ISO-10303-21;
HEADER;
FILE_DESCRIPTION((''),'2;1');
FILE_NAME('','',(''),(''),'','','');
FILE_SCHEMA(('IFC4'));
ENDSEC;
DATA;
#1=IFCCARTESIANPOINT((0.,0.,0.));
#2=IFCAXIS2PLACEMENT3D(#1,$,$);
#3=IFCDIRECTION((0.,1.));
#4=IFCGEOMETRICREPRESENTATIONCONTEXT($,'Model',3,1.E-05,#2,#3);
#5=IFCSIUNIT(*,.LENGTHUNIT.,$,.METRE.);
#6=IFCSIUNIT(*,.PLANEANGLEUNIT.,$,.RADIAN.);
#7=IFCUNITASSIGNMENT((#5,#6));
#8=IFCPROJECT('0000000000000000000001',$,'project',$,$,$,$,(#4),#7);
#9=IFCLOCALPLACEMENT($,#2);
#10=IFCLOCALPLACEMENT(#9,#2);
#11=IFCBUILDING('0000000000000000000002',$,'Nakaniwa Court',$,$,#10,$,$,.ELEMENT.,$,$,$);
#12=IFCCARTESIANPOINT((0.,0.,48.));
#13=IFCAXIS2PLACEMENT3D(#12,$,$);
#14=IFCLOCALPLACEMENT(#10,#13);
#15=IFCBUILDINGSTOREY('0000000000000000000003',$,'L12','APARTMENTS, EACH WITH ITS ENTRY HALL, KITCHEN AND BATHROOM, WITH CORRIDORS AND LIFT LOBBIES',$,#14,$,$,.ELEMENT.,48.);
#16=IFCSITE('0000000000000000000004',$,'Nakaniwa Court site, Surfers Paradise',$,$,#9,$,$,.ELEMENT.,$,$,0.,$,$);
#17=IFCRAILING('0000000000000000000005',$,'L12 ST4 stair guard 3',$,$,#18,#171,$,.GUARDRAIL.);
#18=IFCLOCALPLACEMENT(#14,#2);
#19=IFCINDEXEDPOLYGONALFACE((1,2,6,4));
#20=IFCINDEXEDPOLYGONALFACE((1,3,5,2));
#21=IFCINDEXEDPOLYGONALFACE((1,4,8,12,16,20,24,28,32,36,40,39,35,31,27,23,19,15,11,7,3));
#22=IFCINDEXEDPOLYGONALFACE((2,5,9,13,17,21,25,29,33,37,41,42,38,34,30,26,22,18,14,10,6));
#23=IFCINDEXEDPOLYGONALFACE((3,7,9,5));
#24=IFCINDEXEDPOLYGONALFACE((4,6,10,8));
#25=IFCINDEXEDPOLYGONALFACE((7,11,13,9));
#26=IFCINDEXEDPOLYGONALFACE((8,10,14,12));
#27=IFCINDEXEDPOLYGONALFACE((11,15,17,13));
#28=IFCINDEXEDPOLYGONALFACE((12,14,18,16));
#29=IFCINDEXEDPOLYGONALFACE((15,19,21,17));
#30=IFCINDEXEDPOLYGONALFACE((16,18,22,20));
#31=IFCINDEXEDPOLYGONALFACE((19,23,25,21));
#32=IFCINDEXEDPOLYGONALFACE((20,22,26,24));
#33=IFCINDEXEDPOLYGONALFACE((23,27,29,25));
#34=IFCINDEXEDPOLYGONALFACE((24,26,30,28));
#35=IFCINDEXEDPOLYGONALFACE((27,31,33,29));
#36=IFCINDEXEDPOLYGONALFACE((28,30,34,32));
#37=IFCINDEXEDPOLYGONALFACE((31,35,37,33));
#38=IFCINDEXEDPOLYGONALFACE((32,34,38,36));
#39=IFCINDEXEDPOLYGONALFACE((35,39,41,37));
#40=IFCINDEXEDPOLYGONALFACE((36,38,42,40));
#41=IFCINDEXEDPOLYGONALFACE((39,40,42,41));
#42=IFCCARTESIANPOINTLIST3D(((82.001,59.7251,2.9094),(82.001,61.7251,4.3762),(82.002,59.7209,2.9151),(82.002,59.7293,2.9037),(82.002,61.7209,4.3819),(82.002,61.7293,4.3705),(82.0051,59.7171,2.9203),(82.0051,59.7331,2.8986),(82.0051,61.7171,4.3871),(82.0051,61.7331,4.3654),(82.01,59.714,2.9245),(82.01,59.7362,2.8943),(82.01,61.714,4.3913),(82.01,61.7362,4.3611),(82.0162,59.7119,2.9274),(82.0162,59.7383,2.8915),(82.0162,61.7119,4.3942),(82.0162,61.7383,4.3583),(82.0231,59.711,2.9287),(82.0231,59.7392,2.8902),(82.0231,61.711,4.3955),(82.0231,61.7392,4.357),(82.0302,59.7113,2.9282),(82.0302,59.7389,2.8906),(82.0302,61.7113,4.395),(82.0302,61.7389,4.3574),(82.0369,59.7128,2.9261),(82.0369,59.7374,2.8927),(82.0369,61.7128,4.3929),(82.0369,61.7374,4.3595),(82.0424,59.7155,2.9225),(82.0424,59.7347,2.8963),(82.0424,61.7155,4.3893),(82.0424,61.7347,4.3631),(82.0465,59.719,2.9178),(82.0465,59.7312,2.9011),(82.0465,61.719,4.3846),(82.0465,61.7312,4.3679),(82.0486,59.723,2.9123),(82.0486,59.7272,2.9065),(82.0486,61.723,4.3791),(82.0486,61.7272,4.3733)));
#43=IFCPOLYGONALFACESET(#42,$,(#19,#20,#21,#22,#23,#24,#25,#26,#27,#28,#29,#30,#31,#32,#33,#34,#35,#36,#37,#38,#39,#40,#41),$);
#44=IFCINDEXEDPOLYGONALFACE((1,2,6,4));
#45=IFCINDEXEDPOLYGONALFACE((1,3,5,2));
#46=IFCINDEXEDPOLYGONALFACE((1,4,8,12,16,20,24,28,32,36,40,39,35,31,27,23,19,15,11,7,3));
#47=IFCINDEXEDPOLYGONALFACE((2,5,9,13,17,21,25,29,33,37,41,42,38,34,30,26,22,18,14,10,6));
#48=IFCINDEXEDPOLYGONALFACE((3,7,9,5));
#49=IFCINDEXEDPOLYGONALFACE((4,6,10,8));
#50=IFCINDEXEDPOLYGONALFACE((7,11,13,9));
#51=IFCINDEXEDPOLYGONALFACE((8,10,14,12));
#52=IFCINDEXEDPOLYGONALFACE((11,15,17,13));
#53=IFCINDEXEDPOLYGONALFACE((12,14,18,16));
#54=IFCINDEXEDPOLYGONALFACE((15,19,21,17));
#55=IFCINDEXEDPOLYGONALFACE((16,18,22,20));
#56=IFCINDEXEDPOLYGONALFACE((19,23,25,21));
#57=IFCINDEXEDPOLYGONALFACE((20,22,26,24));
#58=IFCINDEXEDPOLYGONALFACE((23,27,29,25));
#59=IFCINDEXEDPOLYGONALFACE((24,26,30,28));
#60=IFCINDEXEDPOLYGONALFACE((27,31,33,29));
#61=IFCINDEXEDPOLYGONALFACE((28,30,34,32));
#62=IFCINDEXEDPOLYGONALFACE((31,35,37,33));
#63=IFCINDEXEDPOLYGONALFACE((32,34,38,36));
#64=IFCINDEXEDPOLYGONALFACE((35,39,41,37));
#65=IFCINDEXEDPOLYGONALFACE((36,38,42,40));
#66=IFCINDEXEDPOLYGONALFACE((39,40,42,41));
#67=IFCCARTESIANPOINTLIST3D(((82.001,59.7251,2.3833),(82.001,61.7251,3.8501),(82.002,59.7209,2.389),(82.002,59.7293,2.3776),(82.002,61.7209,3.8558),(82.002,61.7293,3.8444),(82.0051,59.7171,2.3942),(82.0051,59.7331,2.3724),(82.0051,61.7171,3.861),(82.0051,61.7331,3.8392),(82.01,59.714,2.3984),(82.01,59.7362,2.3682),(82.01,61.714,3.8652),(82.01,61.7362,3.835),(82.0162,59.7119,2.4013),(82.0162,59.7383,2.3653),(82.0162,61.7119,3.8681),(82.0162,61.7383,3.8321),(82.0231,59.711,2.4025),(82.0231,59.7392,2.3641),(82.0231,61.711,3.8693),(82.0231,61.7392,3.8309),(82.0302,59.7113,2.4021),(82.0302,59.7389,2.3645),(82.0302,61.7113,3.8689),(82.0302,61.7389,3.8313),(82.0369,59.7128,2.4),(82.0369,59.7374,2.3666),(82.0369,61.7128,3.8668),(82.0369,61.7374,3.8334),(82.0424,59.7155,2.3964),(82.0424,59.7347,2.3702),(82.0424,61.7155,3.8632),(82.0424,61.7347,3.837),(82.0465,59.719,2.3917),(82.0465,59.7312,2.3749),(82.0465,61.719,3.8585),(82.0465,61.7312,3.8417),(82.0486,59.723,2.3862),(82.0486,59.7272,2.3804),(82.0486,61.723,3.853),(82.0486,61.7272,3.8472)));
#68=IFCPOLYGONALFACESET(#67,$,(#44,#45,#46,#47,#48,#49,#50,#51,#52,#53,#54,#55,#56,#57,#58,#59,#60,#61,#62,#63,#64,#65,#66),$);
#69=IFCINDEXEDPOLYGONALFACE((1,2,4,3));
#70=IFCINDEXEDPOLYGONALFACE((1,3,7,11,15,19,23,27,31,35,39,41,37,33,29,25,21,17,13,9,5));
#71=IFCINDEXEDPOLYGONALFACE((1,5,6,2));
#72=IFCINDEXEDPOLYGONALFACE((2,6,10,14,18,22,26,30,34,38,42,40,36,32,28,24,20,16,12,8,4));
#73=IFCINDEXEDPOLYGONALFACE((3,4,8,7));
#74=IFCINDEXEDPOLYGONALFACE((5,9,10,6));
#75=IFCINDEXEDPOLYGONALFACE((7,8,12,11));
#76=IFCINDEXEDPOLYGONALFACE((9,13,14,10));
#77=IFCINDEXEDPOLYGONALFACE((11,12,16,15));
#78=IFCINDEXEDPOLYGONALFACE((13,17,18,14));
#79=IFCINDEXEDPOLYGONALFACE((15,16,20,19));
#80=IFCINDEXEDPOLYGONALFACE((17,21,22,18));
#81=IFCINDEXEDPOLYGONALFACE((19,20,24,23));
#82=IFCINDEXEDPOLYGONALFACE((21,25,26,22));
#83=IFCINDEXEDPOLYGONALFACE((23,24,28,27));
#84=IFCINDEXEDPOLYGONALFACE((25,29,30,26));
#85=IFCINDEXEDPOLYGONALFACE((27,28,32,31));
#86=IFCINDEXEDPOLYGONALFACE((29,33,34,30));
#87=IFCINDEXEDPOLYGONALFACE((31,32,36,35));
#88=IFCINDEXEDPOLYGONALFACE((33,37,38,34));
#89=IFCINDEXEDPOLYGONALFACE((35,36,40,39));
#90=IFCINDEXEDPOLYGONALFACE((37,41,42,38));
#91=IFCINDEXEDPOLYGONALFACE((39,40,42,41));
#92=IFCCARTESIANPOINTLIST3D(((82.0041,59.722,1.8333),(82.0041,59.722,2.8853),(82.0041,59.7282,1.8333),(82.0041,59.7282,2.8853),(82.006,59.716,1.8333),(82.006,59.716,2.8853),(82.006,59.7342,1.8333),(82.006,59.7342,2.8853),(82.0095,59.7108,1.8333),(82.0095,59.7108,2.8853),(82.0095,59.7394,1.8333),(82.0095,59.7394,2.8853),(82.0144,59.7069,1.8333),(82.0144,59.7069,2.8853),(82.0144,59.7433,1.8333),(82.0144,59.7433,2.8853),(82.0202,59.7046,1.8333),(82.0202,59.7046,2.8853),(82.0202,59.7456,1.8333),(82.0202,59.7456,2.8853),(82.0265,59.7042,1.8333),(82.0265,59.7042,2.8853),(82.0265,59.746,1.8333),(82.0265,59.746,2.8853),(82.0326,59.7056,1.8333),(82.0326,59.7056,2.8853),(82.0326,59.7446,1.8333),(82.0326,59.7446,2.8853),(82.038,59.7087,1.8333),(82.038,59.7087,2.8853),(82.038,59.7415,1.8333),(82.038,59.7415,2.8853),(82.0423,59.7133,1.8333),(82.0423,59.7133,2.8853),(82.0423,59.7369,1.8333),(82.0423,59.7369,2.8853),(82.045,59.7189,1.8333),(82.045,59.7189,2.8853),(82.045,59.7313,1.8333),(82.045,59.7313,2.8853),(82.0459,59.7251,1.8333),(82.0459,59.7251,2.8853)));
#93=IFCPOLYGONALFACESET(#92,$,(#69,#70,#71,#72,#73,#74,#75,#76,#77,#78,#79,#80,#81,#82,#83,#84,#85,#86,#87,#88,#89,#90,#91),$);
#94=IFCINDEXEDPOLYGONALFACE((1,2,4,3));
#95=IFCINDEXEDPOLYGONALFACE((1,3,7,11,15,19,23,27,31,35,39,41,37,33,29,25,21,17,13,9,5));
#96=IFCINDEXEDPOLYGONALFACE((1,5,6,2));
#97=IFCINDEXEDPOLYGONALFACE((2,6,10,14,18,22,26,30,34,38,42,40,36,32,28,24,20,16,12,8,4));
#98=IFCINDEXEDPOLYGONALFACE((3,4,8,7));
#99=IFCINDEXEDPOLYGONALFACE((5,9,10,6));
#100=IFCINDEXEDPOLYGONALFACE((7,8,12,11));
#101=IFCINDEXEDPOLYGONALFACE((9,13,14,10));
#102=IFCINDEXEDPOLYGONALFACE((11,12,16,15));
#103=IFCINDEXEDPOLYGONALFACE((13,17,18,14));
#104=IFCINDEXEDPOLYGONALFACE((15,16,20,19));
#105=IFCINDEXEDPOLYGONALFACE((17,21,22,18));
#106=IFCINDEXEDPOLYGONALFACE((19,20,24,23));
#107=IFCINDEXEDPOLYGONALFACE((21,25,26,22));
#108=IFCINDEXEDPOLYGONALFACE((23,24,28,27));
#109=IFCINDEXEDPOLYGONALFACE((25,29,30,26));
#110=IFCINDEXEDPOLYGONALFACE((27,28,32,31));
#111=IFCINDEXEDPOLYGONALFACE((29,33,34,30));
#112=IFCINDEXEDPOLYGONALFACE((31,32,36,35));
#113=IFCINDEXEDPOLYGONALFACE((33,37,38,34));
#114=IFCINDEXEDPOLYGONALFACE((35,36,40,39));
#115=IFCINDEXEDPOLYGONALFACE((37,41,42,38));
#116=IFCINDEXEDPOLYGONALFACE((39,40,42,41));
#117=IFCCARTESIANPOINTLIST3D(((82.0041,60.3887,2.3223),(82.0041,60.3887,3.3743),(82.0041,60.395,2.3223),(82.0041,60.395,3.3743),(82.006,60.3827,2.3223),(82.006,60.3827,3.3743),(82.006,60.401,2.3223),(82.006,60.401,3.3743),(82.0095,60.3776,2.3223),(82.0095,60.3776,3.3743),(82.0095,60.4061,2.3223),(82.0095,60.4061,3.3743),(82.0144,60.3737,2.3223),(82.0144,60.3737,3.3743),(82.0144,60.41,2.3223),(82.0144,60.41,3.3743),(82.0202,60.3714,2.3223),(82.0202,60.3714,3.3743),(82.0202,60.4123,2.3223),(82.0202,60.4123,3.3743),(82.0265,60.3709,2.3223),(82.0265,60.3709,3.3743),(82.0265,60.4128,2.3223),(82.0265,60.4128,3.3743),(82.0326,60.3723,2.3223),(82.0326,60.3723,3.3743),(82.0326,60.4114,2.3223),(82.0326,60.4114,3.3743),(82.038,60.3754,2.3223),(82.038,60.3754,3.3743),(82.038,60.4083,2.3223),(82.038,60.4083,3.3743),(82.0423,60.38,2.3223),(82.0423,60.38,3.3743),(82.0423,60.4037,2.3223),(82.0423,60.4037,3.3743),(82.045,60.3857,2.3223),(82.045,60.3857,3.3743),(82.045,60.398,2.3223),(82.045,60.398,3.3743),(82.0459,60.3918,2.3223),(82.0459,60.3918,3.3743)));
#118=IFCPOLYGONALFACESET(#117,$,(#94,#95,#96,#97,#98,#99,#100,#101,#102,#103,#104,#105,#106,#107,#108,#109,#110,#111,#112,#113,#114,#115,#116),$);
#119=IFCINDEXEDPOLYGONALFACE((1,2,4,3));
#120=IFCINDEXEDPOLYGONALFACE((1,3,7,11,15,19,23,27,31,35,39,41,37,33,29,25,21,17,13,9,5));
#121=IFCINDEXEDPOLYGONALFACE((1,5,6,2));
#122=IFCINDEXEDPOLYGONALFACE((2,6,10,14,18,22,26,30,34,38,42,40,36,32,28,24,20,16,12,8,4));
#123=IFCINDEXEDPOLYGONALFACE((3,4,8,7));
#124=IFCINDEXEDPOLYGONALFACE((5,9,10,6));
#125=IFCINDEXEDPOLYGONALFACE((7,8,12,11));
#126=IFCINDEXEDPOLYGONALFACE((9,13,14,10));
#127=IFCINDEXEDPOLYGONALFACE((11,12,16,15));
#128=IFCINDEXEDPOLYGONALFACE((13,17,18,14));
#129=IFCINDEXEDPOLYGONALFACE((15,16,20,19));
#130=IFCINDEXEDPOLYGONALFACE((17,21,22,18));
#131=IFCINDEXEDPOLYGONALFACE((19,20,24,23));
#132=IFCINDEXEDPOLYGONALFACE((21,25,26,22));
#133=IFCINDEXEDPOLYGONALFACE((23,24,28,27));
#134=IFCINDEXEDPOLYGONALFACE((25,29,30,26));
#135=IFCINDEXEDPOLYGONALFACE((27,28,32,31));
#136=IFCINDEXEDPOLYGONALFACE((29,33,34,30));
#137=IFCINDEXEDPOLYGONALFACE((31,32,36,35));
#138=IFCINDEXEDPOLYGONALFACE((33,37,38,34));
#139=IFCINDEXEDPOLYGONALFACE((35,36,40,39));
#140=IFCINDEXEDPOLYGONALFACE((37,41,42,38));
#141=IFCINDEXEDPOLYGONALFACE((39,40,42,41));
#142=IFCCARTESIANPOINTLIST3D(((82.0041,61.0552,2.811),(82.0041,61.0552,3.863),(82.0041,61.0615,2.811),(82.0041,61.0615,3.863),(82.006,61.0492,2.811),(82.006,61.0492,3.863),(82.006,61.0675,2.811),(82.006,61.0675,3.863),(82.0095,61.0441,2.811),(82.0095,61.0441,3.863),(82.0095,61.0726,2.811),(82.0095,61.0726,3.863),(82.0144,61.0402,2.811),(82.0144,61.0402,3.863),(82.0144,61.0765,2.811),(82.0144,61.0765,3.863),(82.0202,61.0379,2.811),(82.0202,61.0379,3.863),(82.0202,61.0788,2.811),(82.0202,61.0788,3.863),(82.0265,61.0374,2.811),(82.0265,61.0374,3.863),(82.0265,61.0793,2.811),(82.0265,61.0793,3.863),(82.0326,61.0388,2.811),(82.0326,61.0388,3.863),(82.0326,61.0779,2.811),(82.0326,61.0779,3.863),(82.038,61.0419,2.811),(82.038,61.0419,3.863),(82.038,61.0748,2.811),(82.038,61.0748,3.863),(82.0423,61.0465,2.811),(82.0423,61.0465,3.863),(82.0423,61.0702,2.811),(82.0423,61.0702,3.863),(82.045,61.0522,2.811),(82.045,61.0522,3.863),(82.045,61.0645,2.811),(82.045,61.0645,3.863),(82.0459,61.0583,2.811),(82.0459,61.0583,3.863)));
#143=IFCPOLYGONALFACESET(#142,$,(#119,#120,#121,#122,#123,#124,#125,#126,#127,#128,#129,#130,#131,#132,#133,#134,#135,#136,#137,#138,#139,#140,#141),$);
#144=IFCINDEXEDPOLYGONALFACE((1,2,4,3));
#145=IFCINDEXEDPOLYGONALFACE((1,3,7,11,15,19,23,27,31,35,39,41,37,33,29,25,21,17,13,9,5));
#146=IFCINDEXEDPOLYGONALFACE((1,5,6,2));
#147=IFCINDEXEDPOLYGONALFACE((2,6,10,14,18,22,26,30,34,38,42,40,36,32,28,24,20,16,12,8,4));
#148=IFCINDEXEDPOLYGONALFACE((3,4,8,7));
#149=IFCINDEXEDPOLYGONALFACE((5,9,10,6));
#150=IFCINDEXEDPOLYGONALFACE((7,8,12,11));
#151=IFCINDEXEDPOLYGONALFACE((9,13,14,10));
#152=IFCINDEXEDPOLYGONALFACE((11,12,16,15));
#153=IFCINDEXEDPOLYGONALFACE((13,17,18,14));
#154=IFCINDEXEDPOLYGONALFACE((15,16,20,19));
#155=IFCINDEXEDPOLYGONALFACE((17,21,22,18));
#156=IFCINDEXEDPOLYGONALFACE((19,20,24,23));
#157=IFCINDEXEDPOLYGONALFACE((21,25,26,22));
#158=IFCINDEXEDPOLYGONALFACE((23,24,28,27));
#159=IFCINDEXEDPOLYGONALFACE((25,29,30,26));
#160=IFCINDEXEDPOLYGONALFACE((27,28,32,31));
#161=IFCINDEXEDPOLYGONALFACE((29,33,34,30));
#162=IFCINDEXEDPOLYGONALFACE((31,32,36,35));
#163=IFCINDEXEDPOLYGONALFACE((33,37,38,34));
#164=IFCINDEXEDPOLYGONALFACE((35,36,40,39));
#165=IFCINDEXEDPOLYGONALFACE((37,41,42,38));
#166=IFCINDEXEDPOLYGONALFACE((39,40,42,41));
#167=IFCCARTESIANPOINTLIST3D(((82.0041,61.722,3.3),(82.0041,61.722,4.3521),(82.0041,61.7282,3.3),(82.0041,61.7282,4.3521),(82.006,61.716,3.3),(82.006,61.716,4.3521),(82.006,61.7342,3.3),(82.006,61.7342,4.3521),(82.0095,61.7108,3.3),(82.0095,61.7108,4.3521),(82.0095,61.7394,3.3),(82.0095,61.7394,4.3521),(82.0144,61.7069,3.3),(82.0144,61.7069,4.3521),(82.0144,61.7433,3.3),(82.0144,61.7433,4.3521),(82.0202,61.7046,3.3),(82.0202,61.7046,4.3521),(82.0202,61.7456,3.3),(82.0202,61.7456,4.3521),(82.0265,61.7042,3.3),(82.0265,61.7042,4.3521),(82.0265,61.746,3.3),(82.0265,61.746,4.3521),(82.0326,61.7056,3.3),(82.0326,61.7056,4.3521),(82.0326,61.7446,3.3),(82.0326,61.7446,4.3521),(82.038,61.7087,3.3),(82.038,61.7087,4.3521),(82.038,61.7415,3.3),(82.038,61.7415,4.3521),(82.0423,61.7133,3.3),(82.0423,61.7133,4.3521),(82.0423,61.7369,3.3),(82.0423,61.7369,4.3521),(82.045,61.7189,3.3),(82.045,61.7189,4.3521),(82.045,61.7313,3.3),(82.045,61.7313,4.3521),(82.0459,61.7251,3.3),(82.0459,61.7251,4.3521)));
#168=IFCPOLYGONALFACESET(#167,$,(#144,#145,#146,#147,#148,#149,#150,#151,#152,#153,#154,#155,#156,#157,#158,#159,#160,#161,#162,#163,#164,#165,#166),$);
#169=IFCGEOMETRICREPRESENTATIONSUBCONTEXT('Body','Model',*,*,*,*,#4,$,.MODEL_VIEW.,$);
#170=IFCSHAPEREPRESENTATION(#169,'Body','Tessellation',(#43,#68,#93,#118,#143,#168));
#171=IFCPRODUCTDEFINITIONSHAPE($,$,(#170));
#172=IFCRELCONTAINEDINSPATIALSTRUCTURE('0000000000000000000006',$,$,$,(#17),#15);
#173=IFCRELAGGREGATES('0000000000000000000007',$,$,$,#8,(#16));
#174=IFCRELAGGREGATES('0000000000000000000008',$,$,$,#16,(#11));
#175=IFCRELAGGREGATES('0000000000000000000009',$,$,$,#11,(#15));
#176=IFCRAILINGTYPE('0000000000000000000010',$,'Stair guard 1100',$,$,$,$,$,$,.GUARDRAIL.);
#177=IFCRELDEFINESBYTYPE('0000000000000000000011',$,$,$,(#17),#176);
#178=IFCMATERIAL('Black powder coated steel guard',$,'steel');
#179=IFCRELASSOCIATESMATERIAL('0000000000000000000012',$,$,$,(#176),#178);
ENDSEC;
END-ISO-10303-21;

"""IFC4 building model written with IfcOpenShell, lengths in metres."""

from ifc_helpers import new_model, si_unit, direction, frame, origin, origin_2d, place, context, subcontext, project, spatial, circle, extrude, material, type_object, element, save


model = new_model("IFC4")

# Units and contexts
model_context = context("Model", 3, precision=1e-05, world=origin(), true_north=direction((0.0, 1.0)))
body_context = subcontext(model_context, "Body", "Model", "MODEL_VIEW")
ifc_project = project(units=[si_unit("LENGTHUNIT", "METRE"), si_unit("PLANEANGLEUNIT", "RADIAN")], contexts=[model_context])

# Site, building, storey
site_placement = place(None, origin())
site = spatial("IfcSite", under=ifc_project, at=site_placement, Name="Nakaniwa Court site, Surfers Paradise", CompositionType="ELEMENT", RefElevation=0.0)
building_placement = place(site_placement, origin())
building = spatial("IfcBuilding", under=site, at=building_placement, Name="Nakaniwa Court", CompositionType="ELEMENT")
storey_placement = place(building_placement, frame((0.0, 0.0, 48.0)))
storey = spatial("IfcBuildingStorey", under=building, at=storey_placement, Name="L12", Description="APARTMENTS, EACH WITH ITS ENTRY HALL, KITCHEN AND BATHROOM, WITH CORRIDORS AND LIFT LOBBIES", CompositionType="ELEMENT", Elevation=48.0)

# Railing
ifc_material_1 = material(Name="Black powder coated steel guard", Category="steel")
railing_type_1 = type_object("IfcRailingType", Name="Stair guard 1100", PredefinedType="GUARDRAIL", material=ifc_material_1)
railing_1_placement = place(storey_placement, frame((82.0249, 59.7251, 1.8333)))
element("IfcRailing", 1, at=railing_1_placement, inside=storey, type_object=railing_type_1, Name="L12 ST4 stair guard 3", PredefinedType="GUARDRAIL", context=body_context, shape_type="SweptSolid", body=[
    extrude(circle(Radius=0.0239, at=origin_2d()), frame((0.0, 0.0, 1.0762), z_axis=(0.0, 0.80638, 0.591398), x_axis=(-1.0, 0.0, 0.0)), (0.0, 0.0, 1.0), 2.4802),
    extrude(circle(Radius=0.0239, at=origin_2d()), frame((0.0, 0.0, 0.55), z_axis=(0.0, 0.80638, 0.591398), x_axis=(-1.0, 0.0, 0.0)), (0.0, 0.0, 1.0), 2.4802),
    extrude(circle(Radius=0.021, at=origin_2d()), origin(), (0.0, 0.0, 1.0), 1.052),
    extrude(circle(Radius=0.021, at=origin_2d()), frame((0.0, 0.6667, 0.489)), (0.0, 0.0, 1.0), 1.052),
    extrude(circle(Radius=0.021, at=origin_2d()), frame((0.0, 1.3333, 0.9778)), (0.0, 0.0, 1.0), 1.052),
    extrude(circle(Radius=0.021, at=origin_2d()), frame((0.0, 2.0, 1.4668)), (0.0, 0.0, 1.0), 1.052),
])

save(model, "model.ifc")
